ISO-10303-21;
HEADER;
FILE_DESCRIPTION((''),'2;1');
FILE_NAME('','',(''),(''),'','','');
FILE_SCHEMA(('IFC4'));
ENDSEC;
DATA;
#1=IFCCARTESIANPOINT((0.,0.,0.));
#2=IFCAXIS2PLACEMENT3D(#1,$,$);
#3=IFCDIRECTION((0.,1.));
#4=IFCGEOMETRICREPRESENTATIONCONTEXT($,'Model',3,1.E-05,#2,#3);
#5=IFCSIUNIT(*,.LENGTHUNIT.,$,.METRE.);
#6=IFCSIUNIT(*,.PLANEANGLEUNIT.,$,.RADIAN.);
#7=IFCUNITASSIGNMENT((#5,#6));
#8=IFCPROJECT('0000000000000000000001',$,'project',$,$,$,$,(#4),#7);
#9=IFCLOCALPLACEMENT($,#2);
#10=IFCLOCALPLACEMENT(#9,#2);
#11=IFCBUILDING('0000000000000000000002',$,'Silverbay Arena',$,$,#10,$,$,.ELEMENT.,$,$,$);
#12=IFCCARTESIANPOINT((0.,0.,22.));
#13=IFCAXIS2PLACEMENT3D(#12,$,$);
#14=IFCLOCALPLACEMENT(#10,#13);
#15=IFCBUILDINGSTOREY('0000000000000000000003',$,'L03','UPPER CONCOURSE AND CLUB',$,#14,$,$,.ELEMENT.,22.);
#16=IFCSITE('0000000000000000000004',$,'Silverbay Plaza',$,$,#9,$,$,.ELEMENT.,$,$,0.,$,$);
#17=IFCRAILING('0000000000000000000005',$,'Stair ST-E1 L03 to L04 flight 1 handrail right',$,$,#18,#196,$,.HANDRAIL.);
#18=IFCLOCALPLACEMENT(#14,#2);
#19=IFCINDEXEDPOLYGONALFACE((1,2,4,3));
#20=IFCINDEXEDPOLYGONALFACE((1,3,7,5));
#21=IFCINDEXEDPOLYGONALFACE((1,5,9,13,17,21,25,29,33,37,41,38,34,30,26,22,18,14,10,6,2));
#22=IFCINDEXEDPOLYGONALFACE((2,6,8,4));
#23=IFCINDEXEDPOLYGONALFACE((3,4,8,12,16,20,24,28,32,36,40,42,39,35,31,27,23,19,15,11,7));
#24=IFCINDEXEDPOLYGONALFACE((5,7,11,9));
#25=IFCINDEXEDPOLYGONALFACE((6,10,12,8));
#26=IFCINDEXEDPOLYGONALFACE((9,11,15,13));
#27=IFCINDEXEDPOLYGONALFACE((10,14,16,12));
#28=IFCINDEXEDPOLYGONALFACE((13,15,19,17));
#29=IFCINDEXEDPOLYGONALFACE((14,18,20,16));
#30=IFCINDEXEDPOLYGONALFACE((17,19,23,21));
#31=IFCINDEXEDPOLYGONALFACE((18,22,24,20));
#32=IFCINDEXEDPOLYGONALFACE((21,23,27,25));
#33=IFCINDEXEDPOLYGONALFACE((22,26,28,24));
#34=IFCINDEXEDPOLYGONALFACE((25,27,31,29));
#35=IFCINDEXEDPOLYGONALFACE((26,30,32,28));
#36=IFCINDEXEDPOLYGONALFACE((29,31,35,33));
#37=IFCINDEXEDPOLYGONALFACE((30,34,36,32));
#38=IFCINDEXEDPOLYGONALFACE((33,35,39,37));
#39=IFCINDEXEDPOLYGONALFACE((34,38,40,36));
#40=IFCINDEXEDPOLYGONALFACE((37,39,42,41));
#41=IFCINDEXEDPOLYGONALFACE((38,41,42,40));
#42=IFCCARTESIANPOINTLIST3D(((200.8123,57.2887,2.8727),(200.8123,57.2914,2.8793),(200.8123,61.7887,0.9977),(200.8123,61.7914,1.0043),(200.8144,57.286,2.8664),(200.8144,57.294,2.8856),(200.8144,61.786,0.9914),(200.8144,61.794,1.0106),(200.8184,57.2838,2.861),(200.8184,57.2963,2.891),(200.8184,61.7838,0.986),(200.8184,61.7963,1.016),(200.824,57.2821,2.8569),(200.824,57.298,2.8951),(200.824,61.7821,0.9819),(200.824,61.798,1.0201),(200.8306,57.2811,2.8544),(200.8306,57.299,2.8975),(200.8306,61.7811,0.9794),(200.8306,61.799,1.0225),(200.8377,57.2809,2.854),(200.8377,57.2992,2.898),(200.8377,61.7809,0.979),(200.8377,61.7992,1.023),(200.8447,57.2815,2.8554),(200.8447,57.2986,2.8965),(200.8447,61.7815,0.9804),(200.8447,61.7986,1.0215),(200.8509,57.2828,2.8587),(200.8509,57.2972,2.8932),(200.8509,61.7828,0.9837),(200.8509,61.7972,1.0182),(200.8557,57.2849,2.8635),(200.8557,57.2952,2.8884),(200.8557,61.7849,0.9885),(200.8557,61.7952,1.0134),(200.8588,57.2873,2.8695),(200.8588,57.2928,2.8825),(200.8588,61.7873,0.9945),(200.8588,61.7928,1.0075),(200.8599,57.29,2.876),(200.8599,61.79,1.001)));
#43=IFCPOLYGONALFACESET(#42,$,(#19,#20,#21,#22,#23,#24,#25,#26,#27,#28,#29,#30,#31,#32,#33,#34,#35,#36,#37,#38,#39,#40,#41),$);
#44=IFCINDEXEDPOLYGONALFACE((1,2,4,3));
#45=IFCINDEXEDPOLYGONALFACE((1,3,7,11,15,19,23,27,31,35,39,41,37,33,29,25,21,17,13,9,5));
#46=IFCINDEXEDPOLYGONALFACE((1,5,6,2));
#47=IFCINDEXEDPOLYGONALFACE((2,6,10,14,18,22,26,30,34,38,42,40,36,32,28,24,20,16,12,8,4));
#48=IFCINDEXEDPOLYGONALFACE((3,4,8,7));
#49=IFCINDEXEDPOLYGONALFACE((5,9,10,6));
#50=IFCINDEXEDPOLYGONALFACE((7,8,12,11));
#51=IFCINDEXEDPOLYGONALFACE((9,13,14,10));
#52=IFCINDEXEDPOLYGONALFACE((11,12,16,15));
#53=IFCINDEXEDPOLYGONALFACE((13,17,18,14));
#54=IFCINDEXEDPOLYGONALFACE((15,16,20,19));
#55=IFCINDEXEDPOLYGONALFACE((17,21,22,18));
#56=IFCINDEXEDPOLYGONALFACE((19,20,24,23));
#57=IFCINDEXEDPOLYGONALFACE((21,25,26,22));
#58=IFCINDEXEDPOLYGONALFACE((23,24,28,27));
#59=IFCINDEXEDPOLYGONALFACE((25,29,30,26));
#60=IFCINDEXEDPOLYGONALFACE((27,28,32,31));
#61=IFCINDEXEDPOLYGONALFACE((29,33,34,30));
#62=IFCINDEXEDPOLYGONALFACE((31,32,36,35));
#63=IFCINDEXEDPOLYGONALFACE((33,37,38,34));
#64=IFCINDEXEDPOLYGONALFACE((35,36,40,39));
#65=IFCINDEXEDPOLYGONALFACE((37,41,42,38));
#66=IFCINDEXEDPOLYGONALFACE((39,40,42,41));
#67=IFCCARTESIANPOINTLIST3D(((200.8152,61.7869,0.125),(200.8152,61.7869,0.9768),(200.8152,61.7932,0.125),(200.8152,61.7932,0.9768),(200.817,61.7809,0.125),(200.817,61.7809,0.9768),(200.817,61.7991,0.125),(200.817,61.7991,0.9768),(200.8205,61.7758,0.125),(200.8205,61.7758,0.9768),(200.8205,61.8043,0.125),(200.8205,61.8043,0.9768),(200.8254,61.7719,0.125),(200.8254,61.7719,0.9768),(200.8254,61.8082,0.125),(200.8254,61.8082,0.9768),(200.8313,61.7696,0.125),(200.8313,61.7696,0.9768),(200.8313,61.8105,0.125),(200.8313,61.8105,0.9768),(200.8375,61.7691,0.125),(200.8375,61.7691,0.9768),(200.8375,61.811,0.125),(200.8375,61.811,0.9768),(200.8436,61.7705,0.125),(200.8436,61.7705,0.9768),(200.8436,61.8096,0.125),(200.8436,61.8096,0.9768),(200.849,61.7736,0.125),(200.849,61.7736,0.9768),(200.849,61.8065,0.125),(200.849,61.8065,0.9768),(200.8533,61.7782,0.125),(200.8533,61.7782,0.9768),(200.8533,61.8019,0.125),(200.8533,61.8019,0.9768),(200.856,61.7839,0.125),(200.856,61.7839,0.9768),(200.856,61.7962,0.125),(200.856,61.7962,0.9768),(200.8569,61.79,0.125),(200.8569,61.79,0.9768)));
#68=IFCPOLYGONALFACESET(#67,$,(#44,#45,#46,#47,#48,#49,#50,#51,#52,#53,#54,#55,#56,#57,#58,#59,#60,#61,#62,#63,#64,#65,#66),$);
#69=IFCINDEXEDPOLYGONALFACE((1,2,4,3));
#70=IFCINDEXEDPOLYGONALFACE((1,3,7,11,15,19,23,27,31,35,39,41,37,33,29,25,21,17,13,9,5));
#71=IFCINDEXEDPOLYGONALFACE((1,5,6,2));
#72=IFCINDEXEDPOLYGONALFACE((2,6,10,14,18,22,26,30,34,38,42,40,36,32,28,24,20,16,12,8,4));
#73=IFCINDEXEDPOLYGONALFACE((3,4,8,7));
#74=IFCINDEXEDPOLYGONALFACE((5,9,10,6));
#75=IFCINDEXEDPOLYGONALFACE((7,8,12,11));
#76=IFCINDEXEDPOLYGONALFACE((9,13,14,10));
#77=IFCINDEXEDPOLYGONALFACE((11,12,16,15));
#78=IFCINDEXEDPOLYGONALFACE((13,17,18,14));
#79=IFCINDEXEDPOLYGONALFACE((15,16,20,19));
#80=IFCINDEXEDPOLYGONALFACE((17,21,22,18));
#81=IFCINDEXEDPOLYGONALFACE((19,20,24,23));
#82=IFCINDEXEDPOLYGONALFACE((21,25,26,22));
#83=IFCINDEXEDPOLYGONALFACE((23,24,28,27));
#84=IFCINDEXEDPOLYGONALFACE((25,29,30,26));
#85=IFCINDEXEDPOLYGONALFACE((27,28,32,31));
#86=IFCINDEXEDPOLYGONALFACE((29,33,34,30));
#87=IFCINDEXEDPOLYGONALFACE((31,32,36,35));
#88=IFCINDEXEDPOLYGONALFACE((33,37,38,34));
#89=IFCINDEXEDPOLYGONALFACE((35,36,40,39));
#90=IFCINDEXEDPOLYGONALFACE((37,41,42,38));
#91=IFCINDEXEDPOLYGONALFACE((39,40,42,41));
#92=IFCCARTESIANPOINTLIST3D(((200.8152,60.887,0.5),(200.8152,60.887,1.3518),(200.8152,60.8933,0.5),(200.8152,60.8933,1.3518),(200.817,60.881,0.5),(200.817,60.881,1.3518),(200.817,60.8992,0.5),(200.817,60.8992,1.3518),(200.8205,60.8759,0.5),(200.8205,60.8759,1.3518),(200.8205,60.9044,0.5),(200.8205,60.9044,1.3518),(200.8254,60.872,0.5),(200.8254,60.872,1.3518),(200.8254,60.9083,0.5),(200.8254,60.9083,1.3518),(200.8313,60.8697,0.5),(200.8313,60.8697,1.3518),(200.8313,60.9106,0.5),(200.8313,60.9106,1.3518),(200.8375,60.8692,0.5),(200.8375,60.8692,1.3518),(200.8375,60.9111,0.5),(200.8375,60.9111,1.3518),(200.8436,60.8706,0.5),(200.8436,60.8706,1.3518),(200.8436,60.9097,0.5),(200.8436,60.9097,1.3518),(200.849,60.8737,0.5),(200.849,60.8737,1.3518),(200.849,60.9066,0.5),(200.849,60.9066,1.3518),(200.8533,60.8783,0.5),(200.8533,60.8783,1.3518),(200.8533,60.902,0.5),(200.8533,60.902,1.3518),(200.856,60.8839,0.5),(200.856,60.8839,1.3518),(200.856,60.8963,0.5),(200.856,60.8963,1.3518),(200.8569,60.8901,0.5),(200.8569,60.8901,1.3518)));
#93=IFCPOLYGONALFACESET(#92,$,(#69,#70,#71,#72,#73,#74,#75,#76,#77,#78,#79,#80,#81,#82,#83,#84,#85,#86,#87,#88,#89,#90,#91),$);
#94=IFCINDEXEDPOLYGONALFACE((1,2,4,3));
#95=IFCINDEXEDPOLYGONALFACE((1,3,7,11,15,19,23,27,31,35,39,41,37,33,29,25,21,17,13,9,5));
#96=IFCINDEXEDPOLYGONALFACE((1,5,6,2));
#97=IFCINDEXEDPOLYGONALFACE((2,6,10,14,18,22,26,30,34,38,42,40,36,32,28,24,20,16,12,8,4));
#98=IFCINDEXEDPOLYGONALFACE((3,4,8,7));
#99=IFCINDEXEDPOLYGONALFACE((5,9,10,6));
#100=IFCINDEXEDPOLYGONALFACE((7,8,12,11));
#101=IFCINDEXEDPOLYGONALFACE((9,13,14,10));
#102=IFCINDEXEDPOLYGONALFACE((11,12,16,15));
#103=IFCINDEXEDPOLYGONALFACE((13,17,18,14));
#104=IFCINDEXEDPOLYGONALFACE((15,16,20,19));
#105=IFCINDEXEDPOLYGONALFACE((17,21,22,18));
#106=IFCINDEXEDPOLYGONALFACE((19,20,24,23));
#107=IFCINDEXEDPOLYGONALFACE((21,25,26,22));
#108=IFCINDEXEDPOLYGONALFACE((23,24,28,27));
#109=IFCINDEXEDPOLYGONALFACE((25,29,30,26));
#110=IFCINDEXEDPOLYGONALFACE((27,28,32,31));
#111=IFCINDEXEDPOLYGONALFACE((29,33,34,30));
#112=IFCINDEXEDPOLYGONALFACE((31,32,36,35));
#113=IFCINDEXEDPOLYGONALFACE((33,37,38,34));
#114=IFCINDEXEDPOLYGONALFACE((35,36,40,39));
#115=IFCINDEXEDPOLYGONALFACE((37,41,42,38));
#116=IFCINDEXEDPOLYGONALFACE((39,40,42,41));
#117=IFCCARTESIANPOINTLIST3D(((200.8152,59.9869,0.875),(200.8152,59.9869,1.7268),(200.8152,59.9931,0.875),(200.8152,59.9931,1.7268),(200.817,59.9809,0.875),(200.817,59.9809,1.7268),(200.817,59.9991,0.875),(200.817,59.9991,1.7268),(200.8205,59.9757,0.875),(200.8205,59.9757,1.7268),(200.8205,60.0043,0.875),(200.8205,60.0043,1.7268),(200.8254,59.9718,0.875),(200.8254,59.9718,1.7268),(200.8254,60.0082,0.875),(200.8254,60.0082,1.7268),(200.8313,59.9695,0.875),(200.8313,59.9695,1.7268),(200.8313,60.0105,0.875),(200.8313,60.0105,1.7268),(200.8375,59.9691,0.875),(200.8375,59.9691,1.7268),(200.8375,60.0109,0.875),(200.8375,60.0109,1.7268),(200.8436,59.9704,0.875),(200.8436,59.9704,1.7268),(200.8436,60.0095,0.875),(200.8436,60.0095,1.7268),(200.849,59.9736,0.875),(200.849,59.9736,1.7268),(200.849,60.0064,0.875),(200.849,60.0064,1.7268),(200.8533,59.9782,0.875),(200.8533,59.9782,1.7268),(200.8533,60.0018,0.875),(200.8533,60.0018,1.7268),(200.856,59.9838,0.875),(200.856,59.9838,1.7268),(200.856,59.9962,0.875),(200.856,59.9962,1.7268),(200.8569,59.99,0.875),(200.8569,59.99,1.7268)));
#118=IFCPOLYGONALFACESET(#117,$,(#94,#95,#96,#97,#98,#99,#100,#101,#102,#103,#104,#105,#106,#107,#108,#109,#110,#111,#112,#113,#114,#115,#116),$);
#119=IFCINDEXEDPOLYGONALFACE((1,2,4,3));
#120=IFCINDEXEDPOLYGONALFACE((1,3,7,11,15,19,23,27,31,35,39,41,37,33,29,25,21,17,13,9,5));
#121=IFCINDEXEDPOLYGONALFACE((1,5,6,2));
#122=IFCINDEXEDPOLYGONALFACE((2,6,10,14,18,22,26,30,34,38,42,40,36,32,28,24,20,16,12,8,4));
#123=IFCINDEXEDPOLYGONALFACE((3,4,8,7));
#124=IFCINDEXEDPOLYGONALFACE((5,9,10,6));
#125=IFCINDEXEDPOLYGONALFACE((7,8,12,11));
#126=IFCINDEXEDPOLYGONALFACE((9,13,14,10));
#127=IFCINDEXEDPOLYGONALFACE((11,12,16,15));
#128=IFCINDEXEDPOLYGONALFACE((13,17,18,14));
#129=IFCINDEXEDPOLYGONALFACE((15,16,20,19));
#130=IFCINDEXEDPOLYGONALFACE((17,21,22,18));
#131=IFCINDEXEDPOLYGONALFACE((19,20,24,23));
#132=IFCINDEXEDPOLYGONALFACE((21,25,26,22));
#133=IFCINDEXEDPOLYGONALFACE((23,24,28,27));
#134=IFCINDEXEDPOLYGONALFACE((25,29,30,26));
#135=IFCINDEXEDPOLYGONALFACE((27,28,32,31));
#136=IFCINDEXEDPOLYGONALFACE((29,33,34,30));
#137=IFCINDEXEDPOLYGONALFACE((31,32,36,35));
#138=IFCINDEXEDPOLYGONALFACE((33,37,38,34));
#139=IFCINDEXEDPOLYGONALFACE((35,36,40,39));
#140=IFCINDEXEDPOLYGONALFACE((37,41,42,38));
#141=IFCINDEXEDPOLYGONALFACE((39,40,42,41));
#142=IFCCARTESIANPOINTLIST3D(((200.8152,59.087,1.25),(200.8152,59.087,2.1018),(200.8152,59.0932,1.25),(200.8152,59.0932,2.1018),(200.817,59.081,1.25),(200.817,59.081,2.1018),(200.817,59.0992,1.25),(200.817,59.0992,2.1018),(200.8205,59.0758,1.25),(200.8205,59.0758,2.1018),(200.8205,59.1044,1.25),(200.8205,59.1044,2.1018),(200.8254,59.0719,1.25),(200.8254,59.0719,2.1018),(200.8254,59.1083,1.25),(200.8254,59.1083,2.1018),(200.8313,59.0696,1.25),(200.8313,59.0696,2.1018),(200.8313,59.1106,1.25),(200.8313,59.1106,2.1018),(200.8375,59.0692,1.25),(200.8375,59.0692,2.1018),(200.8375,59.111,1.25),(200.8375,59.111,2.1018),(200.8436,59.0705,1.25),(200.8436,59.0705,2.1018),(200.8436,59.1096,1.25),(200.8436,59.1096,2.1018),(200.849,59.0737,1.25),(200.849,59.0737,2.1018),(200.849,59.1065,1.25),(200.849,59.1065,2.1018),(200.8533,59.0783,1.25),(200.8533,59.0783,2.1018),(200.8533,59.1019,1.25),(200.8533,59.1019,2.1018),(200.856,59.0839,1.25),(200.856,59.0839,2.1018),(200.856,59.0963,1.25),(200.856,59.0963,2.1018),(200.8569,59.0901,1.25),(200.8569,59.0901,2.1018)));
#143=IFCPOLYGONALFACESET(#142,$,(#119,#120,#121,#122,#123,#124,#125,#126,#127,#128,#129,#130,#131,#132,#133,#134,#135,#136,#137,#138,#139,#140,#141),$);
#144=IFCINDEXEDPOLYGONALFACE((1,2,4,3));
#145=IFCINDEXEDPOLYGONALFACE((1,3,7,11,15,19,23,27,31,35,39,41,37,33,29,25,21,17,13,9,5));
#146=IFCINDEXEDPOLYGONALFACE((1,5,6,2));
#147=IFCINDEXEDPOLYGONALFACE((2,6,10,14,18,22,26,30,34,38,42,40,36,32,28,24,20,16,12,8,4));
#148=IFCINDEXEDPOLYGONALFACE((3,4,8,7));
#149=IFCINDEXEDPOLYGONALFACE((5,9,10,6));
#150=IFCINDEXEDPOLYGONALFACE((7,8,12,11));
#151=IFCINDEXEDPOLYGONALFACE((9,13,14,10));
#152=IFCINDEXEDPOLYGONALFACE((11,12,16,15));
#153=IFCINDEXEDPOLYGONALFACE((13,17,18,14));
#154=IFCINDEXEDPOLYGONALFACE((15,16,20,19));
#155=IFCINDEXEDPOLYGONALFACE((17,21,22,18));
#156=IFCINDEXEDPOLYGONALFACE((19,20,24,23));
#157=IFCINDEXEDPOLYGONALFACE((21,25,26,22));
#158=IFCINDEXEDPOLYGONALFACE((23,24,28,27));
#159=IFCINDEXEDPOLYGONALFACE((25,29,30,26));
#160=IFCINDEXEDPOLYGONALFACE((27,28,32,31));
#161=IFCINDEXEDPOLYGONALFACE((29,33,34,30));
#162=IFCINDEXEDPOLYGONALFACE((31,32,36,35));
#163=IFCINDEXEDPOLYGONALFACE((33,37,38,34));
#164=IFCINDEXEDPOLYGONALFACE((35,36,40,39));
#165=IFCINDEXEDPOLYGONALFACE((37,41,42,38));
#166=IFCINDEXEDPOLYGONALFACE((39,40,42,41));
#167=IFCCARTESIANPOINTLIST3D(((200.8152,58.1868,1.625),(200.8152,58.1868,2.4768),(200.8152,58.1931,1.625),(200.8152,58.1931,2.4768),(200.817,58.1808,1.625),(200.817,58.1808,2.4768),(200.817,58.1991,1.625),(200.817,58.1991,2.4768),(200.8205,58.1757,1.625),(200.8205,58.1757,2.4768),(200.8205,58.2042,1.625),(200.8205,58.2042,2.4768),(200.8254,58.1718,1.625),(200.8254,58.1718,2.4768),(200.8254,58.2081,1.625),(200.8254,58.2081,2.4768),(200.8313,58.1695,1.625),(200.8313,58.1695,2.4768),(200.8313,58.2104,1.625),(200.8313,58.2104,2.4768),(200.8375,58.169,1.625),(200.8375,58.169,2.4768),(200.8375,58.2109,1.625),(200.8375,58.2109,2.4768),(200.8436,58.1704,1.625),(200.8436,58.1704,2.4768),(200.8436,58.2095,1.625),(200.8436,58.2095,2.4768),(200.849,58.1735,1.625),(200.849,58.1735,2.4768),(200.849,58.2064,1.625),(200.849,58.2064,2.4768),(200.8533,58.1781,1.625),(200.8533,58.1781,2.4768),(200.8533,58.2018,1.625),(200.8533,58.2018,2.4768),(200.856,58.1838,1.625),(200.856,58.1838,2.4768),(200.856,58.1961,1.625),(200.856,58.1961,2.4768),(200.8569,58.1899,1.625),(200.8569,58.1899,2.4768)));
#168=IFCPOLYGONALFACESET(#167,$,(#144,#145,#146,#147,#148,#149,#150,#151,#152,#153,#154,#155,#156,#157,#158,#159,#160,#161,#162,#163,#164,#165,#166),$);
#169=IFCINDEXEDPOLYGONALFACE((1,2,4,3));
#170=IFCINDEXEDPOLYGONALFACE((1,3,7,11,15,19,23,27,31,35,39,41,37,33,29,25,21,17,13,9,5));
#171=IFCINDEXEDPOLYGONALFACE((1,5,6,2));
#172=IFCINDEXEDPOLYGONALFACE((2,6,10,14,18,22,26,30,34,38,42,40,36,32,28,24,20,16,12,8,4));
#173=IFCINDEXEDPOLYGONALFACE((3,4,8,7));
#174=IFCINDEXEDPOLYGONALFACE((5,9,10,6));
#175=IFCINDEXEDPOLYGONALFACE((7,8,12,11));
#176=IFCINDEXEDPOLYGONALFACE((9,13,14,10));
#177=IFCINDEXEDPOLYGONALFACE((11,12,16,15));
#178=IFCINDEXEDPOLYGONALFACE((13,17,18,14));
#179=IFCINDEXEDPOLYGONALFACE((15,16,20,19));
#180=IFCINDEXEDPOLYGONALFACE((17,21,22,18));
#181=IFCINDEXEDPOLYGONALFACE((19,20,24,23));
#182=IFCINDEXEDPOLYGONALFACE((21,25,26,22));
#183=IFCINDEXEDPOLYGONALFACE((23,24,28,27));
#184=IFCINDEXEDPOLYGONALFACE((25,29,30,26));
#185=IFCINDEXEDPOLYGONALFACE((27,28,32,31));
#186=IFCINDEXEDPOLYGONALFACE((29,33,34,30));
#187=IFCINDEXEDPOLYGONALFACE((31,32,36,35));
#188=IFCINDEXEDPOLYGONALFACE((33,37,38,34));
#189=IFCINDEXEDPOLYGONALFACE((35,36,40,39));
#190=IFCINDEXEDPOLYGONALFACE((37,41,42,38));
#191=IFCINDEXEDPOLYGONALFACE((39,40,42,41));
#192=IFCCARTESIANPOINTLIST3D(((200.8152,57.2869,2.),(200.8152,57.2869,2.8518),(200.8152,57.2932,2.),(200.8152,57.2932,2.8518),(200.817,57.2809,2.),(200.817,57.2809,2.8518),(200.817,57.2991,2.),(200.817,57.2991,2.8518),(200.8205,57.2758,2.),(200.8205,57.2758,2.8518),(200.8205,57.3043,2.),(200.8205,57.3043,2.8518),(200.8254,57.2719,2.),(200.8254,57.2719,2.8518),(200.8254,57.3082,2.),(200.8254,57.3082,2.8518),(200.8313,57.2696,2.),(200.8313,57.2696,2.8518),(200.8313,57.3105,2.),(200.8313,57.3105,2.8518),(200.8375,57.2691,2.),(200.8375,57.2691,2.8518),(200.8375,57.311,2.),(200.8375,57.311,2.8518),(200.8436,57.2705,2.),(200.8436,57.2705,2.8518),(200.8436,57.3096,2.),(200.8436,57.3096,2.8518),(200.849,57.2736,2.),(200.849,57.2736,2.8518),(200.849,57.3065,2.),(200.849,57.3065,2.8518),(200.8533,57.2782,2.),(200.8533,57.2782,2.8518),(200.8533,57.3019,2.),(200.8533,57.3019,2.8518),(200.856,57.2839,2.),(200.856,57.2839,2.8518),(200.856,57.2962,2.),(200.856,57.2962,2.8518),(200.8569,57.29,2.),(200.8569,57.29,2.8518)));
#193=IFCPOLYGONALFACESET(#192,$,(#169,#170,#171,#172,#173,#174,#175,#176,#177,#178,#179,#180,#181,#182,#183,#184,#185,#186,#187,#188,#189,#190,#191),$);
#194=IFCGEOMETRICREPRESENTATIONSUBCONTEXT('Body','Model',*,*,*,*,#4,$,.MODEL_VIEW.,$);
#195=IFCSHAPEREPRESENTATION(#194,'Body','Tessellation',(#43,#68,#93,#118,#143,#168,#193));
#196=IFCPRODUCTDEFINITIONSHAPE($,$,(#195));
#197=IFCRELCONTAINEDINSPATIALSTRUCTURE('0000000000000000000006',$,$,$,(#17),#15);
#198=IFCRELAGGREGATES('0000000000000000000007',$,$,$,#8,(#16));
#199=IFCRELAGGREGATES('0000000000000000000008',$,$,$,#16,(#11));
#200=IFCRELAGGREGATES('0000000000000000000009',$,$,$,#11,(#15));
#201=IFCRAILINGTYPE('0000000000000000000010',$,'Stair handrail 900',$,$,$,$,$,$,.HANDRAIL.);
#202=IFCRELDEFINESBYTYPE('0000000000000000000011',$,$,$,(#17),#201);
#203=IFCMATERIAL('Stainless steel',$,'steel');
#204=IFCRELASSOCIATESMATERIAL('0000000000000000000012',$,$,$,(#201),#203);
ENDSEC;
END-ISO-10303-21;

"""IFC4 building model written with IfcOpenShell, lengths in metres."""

from ifc_helpers import new_model, si_unit, direction, frame, origin, origin_2d, place, context, subcontext, project, spatial, circle, extrude, material, type_object, element, save


model = new_model("IFC4")

# Units and contexts
model_context = context("Model", 3, precision=1e-05, world=origin(), true_north=direction((0.0, 1.0)))
body_context = subcontext(model_context, "Body", "Model", "MODEL_VIEW")
ifc_project = project(units=[si_unit("LENGTHUNIT", "METRE"), si_unit("PLANEANGLEUNIT", "RADIAN")], contexts=[model_context])

# Site, building, storey
site_placement = place(None, origin())
site = spatial("IfcSite", under=ifc_project, at=site_placement, Name="Silverbay Plaza", CompositionType="ELEMENT", RefElevation=0.0)
building_placement = place(site_placement, origin())
building = spatial("IfcBuilding", under=site, at=building_placement, Name="Silverbay Arena", CompositionType="ELEMENT")
storey_placement = place(building_placement, frame((0.0, 0.0, 22.0)))
storey = spatial("IfcBuildingStorey", under=building, at=storey_placement, Name="L03", Description="UPPER CONCOURSE AND CLUB", CompositionType="ELEMENT", Elevation=22.0)

# Railing
ifc_material_1 = material(Name="Stainless steel", Category="steel")
railing_type_1 = type_object("IfcRailingType", Name="Stair handrail 900", PredefinedType="HANDRAIL", material=ifc_material_1)
railing_1_placement = place(storey_placement, frame((200.8359, 61.79, 0.125)))
element("IfcRailing", 1, at=railing_1_placement, inside=storey, type_object=railing_type_1, Name="Stair ST-E1 L03 to L04 flight 1 handrail right", PredefinedType="HANDRAIL", context=body_context, shape_type="SweptSolid", body=[
    extrude(circle(Radius=0.0239, at=origin_2d()), frame((0.0, 0.0, 0.876), z_axis=(0.0, -0.923077, 0.384615), x_axis=(1.0, 0.0, 0.0)), (0.0, 0.0, 1.0), 4.875),
    extrude(circle(Radius=0.021, at=origin_2d()), origin(), (0.0, 0.0, 1.0), 0.8518),
    extrude(circle(Radius=0.021, at=origin_2d()), frame((0.0, -0.8999, 0.375)), (0.0, 0.0, 1.0), 0.8518),
    extrude(circle(Radius=0.021, at=origin_2d()), frame((0.0, -1.8, 0.75)), (0.0, 0.0, 1.0), 0.8518),
    extrude(circle(Radius=0.021, at=origin_2d()), frame((0.0, -2.7, 1.125)), (0.0, 0.0, 1.0), 0.8518),
    extrude(circle(Radius=0.021, at=origin_2d()), frame((0.0, -3.6001, 1.5)), (0.0, 0.0, 1.0), 0.8518),
    extrude(circle(Radius=0.021, at=origin_2d()), frame((0.0, -4.5, 1.875)), (0.0, 0.0, 1.0), 0.8518),
])

save(model, "model.ifc")
